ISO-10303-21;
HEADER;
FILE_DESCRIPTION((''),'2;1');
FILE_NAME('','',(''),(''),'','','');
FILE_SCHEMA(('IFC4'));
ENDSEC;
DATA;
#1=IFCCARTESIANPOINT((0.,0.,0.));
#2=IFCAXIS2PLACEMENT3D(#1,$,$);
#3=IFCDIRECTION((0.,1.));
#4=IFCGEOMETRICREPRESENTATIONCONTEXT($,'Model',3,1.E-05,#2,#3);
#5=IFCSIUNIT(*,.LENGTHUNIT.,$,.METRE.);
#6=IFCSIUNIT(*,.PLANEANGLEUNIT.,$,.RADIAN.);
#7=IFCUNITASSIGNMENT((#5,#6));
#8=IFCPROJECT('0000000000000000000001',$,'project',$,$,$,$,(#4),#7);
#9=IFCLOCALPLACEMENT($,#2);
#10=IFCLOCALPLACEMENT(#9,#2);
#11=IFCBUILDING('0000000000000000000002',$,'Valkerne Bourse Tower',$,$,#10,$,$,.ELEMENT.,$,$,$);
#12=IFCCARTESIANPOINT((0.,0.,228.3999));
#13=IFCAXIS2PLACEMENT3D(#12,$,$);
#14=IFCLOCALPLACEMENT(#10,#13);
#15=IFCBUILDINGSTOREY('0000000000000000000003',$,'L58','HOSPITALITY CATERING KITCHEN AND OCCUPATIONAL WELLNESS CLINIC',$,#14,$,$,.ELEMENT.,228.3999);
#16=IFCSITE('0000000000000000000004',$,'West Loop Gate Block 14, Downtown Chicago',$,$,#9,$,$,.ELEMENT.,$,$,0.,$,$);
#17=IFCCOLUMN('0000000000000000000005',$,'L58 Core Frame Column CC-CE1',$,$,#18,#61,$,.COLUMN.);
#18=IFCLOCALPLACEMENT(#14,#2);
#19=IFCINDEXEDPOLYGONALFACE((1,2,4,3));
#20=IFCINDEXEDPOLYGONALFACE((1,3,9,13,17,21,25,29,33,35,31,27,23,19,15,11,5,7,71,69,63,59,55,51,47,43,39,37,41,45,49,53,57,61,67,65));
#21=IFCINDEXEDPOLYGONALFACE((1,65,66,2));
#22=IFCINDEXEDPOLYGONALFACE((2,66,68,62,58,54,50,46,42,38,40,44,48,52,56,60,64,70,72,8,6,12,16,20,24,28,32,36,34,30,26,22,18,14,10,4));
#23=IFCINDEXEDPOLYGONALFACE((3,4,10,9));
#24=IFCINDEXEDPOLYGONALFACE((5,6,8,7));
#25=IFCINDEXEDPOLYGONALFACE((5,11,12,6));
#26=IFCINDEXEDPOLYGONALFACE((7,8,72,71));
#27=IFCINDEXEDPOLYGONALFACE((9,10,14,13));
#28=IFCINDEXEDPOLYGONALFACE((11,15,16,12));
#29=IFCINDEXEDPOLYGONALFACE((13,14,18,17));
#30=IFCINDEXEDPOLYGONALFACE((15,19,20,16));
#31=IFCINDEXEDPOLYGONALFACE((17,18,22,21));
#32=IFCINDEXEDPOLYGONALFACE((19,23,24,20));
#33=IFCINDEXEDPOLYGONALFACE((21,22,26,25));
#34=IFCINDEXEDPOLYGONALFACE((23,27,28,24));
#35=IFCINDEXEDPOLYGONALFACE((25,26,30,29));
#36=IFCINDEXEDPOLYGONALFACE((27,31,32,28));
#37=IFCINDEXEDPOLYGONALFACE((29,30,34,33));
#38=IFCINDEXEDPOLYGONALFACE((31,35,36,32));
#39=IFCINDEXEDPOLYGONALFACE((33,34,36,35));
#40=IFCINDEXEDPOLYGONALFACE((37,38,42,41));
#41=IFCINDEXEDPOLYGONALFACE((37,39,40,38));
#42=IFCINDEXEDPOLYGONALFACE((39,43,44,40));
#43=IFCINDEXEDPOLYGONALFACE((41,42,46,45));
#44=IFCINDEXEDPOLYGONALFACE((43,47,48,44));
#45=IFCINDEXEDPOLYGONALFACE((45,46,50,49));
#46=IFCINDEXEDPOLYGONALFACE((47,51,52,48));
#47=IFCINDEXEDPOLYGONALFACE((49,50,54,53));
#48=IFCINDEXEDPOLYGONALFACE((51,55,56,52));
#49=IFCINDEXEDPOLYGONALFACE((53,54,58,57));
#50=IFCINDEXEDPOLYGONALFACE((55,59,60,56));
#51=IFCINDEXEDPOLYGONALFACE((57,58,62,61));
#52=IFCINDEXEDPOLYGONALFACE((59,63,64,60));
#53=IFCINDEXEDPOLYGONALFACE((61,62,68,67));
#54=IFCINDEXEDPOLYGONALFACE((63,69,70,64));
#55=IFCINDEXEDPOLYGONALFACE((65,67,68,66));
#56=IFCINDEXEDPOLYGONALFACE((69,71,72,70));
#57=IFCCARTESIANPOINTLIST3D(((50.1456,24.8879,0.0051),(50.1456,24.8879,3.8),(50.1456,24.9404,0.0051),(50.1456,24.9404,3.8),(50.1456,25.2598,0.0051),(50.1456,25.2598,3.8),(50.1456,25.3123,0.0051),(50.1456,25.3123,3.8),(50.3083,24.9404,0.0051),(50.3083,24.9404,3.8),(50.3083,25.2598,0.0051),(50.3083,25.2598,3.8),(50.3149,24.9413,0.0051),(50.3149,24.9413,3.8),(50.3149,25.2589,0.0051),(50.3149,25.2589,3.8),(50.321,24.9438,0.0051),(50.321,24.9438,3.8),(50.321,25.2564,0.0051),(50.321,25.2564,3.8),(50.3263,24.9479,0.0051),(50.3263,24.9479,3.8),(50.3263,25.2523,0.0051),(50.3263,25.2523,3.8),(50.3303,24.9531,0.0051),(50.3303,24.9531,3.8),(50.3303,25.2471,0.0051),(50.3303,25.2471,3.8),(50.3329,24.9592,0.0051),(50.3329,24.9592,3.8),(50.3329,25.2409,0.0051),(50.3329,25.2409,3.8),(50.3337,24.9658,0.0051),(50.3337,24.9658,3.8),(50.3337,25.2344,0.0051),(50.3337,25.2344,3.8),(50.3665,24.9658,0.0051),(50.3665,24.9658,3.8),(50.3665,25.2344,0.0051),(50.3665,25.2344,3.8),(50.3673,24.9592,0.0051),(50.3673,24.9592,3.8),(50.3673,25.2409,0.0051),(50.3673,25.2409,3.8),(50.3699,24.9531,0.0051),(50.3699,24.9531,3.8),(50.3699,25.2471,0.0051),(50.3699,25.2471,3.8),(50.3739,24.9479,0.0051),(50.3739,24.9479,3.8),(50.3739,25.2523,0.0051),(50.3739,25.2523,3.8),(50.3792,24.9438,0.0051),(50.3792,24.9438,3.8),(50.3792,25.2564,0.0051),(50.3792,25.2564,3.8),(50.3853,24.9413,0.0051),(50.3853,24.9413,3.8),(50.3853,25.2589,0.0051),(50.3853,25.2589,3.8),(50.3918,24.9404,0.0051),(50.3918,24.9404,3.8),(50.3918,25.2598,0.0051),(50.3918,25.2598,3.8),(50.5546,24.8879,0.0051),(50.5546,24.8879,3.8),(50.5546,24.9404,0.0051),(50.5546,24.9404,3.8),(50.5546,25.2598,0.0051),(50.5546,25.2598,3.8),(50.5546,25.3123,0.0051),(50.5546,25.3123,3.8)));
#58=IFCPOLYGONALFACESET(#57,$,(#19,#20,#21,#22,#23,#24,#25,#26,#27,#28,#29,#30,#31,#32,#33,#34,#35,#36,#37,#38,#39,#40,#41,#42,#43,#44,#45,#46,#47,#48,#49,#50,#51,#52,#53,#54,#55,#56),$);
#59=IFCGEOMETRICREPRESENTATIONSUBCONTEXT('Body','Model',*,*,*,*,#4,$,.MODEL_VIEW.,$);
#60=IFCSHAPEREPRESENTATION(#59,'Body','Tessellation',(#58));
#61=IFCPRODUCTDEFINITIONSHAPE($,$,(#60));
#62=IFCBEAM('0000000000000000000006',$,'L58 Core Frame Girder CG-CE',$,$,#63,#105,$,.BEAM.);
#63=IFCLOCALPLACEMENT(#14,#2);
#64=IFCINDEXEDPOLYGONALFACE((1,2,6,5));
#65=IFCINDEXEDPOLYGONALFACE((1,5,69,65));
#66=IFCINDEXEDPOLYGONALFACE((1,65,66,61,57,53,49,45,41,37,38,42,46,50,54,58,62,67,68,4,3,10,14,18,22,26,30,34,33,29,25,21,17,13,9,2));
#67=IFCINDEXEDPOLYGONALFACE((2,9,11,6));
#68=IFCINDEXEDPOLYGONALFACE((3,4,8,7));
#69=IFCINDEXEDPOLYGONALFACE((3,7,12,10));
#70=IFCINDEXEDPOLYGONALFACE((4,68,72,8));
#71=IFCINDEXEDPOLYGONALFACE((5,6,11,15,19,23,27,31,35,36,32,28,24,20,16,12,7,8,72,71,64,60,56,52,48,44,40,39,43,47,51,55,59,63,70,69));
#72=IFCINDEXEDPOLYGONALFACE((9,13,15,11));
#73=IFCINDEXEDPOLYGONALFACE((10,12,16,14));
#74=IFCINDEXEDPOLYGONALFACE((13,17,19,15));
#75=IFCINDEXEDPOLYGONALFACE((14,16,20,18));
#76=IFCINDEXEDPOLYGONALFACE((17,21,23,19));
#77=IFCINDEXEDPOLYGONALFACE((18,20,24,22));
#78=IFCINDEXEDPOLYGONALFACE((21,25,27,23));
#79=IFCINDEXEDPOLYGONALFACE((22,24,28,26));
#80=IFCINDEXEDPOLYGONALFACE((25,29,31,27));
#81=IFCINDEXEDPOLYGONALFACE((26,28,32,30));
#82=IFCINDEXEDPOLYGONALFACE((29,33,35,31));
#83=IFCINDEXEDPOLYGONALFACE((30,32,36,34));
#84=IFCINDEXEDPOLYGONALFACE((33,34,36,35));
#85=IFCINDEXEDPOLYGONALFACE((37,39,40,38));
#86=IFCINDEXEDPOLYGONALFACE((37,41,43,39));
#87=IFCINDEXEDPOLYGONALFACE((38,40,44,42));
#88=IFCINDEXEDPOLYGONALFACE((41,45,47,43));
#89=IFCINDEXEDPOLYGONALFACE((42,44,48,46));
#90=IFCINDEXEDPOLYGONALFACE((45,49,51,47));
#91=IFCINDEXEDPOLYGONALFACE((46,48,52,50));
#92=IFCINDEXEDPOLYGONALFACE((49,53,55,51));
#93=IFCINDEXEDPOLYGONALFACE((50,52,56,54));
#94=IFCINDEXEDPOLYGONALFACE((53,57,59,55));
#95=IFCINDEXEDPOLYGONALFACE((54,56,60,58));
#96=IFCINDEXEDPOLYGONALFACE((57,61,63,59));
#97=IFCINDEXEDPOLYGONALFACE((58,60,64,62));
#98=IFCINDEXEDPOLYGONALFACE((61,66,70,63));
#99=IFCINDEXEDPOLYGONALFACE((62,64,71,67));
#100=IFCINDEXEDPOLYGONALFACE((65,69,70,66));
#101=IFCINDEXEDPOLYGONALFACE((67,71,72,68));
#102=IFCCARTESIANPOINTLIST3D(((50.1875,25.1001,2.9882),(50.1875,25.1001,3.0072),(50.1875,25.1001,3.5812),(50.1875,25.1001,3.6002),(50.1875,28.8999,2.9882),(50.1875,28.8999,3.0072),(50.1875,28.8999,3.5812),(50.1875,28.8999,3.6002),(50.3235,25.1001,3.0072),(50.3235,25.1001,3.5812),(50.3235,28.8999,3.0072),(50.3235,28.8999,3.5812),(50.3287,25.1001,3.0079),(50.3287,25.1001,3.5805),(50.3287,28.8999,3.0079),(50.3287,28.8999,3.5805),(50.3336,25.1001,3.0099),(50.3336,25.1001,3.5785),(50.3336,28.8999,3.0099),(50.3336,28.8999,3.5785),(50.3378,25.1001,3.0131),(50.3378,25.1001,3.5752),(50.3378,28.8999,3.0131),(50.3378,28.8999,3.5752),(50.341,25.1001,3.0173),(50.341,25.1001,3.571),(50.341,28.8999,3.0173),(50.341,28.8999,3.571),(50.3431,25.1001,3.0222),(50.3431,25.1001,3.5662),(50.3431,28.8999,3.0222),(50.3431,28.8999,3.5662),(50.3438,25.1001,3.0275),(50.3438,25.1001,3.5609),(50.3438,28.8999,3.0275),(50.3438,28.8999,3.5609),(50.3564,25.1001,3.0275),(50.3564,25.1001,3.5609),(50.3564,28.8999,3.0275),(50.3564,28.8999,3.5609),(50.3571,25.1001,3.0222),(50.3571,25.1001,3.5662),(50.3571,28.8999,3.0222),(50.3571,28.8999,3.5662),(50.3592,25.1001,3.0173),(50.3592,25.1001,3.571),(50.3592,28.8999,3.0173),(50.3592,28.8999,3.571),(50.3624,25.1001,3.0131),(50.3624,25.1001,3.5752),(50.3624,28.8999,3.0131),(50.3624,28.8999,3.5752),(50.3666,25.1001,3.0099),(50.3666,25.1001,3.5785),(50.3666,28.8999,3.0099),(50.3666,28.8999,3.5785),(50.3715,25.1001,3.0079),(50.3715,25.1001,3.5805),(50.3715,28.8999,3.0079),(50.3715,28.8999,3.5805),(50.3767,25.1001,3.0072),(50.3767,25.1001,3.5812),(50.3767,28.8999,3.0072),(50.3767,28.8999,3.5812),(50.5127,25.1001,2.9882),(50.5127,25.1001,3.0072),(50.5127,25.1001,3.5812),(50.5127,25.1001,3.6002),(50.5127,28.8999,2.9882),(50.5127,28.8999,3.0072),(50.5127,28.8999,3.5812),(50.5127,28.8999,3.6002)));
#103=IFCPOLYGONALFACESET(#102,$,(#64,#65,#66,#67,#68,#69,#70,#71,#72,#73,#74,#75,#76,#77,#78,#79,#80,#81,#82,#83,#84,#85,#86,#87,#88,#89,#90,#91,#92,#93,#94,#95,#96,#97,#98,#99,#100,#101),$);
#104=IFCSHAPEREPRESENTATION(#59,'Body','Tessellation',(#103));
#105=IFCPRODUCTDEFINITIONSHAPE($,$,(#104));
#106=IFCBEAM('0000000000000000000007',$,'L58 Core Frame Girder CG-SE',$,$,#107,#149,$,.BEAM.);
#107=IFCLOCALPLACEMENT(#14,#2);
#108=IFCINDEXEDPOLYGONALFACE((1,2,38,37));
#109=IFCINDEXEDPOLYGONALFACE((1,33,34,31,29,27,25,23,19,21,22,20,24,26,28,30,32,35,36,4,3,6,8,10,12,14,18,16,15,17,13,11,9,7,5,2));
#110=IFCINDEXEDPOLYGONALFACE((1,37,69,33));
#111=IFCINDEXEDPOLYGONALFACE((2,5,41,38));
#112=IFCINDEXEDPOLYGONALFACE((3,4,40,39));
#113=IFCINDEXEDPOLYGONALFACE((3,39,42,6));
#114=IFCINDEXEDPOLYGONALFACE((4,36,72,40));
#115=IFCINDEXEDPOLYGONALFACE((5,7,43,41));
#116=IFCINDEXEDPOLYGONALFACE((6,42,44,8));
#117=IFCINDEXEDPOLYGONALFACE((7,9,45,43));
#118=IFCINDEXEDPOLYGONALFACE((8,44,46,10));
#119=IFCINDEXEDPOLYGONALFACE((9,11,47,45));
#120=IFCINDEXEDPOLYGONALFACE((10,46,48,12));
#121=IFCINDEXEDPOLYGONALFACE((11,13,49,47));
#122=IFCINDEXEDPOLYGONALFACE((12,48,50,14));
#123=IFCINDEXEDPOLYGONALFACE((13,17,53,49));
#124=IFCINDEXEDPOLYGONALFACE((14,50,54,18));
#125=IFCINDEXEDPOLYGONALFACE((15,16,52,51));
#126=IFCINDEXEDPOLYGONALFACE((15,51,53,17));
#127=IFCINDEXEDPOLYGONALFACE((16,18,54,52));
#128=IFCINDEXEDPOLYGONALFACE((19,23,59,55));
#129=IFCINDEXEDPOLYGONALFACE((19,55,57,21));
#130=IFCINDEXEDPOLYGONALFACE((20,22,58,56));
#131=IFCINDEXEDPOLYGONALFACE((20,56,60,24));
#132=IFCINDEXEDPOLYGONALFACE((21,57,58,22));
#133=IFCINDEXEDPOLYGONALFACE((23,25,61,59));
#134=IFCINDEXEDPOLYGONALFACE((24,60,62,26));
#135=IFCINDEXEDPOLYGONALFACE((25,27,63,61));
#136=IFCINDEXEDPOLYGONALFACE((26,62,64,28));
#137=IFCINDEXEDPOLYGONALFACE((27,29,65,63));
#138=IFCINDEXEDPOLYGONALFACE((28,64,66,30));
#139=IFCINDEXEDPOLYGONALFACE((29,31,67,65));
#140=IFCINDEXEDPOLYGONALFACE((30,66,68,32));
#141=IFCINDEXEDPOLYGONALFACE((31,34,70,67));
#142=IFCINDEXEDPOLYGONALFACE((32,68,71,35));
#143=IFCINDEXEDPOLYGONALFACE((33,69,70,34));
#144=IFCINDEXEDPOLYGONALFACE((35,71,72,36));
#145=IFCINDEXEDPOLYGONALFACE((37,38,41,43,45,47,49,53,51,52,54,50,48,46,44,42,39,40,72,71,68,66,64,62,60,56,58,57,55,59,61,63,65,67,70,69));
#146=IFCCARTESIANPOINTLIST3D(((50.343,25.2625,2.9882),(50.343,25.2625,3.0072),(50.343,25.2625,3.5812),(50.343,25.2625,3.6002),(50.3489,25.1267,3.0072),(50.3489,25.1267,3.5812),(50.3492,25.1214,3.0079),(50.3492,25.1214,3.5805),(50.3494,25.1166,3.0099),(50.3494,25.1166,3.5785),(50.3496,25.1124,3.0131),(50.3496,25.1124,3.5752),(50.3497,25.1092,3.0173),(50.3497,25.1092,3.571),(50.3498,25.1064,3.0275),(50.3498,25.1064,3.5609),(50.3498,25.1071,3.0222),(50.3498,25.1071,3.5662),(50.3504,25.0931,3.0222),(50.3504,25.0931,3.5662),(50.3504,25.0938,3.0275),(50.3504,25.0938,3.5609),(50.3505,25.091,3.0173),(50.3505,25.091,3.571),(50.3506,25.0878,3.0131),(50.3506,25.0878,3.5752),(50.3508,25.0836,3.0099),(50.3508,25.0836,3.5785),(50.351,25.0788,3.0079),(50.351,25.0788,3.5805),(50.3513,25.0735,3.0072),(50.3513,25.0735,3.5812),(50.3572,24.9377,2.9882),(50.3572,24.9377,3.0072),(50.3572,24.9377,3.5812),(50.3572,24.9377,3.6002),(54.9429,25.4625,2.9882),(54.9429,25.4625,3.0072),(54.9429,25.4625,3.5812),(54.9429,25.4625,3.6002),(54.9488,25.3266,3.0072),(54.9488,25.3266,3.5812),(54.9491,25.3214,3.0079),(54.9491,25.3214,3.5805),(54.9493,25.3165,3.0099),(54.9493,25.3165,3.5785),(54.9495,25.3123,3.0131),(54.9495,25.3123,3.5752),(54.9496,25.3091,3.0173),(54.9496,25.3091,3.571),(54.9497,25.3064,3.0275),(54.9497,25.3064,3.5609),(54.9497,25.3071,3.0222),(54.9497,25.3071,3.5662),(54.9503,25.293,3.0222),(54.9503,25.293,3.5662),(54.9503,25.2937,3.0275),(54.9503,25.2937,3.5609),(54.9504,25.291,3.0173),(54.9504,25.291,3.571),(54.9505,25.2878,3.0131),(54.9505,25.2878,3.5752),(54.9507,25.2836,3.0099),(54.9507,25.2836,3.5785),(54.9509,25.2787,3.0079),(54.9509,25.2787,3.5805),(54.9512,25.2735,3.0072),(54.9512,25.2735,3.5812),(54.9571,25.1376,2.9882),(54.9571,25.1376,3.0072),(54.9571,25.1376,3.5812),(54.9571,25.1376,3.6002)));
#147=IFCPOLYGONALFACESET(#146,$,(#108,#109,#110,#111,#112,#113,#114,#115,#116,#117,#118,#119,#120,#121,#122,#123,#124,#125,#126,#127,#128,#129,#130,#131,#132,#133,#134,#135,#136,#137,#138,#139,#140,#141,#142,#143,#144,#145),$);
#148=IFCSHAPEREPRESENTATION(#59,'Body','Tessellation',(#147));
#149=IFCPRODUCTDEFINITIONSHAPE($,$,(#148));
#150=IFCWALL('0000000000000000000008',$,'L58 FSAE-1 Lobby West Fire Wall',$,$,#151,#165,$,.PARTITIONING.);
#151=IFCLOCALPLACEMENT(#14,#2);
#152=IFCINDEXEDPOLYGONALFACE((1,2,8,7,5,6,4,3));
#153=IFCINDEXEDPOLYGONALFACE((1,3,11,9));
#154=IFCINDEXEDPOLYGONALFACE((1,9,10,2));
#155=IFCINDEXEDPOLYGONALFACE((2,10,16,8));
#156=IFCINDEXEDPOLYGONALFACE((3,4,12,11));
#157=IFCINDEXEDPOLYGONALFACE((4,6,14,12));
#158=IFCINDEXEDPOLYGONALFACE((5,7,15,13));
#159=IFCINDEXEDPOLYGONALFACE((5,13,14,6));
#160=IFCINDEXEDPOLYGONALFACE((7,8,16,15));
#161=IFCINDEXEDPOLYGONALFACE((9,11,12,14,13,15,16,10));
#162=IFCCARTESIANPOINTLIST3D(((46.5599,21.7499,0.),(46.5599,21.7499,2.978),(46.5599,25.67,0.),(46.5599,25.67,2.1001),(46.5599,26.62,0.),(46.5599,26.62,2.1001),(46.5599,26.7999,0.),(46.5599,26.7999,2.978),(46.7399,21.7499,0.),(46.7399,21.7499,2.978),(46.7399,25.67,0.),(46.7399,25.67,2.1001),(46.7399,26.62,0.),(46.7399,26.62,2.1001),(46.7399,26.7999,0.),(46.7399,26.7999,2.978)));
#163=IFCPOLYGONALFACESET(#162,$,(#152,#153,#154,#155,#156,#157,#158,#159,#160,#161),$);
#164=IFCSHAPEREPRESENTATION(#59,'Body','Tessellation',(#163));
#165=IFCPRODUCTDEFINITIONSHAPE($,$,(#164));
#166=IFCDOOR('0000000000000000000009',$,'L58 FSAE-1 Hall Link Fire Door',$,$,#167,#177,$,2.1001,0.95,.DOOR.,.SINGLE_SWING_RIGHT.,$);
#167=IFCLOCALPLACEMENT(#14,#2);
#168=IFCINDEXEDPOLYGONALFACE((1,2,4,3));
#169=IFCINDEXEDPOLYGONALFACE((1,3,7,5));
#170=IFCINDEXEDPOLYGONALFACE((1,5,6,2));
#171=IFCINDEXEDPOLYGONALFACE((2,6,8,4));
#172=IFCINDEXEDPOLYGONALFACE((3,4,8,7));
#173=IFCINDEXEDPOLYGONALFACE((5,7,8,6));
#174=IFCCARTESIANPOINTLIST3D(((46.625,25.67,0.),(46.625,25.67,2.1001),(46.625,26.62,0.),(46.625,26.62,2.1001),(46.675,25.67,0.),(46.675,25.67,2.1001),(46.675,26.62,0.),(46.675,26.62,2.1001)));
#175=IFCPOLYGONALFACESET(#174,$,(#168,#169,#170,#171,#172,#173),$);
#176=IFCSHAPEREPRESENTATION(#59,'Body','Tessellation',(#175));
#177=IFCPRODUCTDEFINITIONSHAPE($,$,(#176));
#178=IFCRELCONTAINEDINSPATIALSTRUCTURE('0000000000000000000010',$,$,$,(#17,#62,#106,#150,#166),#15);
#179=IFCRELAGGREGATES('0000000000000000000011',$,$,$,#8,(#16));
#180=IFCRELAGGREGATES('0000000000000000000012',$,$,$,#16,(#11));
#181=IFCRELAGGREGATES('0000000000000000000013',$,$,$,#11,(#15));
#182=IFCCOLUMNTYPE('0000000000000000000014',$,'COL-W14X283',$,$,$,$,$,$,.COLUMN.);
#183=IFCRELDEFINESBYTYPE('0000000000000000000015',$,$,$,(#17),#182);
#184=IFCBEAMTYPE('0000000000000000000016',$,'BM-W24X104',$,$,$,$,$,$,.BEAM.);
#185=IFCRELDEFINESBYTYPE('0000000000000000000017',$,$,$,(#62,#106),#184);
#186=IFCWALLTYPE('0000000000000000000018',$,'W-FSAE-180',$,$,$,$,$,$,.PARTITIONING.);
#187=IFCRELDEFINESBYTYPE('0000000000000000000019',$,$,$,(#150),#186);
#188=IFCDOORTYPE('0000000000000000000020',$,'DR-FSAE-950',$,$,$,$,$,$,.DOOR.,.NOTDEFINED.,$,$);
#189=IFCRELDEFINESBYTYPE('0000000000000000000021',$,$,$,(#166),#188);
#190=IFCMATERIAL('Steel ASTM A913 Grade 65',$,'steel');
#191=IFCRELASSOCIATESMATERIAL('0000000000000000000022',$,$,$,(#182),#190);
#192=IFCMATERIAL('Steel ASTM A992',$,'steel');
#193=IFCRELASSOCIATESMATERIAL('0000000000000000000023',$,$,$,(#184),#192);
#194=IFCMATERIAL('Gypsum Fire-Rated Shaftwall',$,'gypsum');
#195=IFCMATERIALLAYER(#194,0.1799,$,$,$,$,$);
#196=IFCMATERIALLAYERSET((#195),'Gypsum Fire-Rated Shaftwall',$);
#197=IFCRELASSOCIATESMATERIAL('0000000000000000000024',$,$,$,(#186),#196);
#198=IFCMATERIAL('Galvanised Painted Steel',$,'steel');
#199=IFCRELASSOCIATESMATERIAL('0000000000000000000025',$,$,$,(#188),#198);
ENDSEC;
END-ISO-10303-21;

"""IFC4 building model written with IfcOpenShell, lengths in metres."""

from ifc_helpers import new_model, si_unit, direction, frame, frame_2d, origin, origin_2d, place, context, subcontext, project, spatial, rectangle, i_section, extrude, material, layer, layer_set, material_profile, profile_set, type_object, element, fill, save


model = new_model("IFC4")

# Units and contexts
model_context = context("Model", 3, precision=1e-05, world=origin(), true_north=direction((0.0, 1.0)))
body_context = subcontext(model_context, "Body", "Model", "MODEL_VIEW")
ifc_project = project(units=[si_unit("LENGTHUNIT", "METRE"), si_unit("PLANEANGLEUNIT", "RADIAN")], contexts=[model_context])

# Site, building, storey
site_placement = place(None, origin())
site = spatial("IfcSite", under=ifc_project, at=site_placement, Name="West Loop Gate Block 14, Downtown Chicago", CompositionType="ELEMENT", RefElevation=0.0)
building_placement = place(site_placement, origin())
building = spatial("IfcBuilding", under=site, at=building_placement, Name="Valkerne Bourse Tower", CompositionType="ELEMENT")
storey_placement = place(building_placement, frame((0.0, 0.0, 228.3999)))
storey = spatial("IfcBuildingStorey", under=building, at=storey_placement, Name="L58", Description="HOSPITALITY CATERING KITCHEN AND OCCUPATIONAL WELLNESS CLINIC", CompositionType="ELEMENT", Elevation=228.3999)

# Column
ifc_material_1 = material(Name="Steel ASTM A913 Grade 65", Category="steel")
ifc_material_profile_1 = material_profile(ifc_material_1, i_section(OverallWidth=0.4089, OverallDepth=0.4243, WebThickness=0.0327, FlangeThickness=0.0525, FilletRadius=0.0254, at=origin_2d()), Name="W14X283")
ifc_profile_set_1 = profile_set([ifc_material_profile_1], Name="Steel ASTM A913 Grade 65")
column_type = type_object("IfcColumnType", Name="COL-W14X283", PredefinedType="COLUMN", material=ifc_profile_set_1)
column_placement = place(storey_placement, frame((50.3501, 25.1001, 0.0051), z_axis=(0.0, 0.0, 1.0), x_axis=(1.0, 0.0, 0.0)))
element("IfcColumn", 1, at=column_placement, inside=storey, type_object=column_type, Name="L58 Core Frame Column CC-CE1", PredefinedType="COLUMN", context=body_context, shape_type="SweptSolid", body=[
    extrude(i_section(OverallWidth=0.4089, OverallDepth=0.4243, WebThickness=0.0327, FlangeThickness=0.0525, FilletRadius=0.0254, at=origin_2d()), origin(), (0.0, 0.0, 1.0), 3.7949),
])

# Beams
ifc_material_2 = material(Name="Steel ASTM A992", Category="steel")
ifc_material_profile_2 = material_profile(ifc_material_2, i_section(OverallWidth=0.3252, OverallDepth=0.6121, WebThickness=0.0127, FlangeThickness=0.019, FilletRadius=0.0203, at=origin_2d()), Name="W24X104")
ifc_profile_set_2 = profile_set([ifc_material_profile_2], Name="Steel ASTM A992")
beam_type = type_object("IfcBeamType", Name="BM-W24X104", PredefinedType="BEAM", material=ifc_profile_set_2)
beam_1_placement = place(storey_placement, frame((50.3501, 25.1001, 3.2942), z_axis=(0.0, 1.0, 0.0), x_axis=(-1.0, 0.0, 0.0)))
element("IfcBeam", 2, at=beam_1_placement, inside=storey, type_object=beam_type, Name="L58 Core Frame Girder CG-CE", PredefinedType="BEAM", context=body_context, shape_type="SweptSolid", body=[
    extrude(i_section(OverallWidth=0.3252, OverallDepth=0.6121, WebThickness=0.0127, FlangeThickness=0.019, FilletRadius=0.0203, at=origin_2d()), origin(), (0.0, 0.0, 1.0), 3.7998),
])
beam_2_placement = place(storey_placement, frame((50.3501, 25.1001, 3.2942), z_axis=(0.999057, 0.043428, 0.0), x_axis=(-0.043428, 0.999057, 0.0)))
element("IfcBeam", 3, at=beam_2_placement, inside=storey, type_object=beam_type, Name="L58 Core Frame Girder CG-SE", PredefinedType="BEAM", context=body_context, shape_type="SweptSolid", body=[
    extrude(i_section(OverallWidth=0.3252, OverallDepth=0.6121, WebThickness=0.0127, FlangeThickness=0.019, FilletRadius=0.0203, at=origin_2d()), origin(), (0.0, 0.0, 1.0), 4.6042),
])

# Wall, opening, door
ifc_material_3 = material(Name="Gypsum Fire-Rated Shaftwall", Category="gypsum")
ifc_layer_1 = layer(ifc_material_3, 0.1799)
ifc_layer_set_1 = layer_set([ifc_layer_1], Name="Gypsum Fire-Rated Shaftwall")
wall_type_1 = type_object("IfcWallType", Name="W-FSAE-180", PredefinedType="PARTITIONING", material=ifc_layer_set_1)
wall_1_placement = place(storey_placement, frame((46.6499, 21.75, 0.0), z_axis=(0.0, 0.0, 1.0), x_axis=(0.0, 1.0, 0.0)))
wall_1 = element("IfcWall", 4, at=wall_1_placement, inside=storey, type_object=wall_type_1, Name="L58 FSAE-1 Lobby West Fire Wall", PredefinedType="PARTITIONING", context=body_context, shape_type="SweptSolid", body=[
    extrude(rectangle(XDim=5.05, YDim=0.1799, at=frame_2d((2.5249, 0.0))), origin(), (0.0, 0.0, 1.0), 2.978),
])
opening_1_placement = place(wall_1_placement, frame((3.9199, 0.0, 0.0)))
opening_1 = element("IfcOpeningElement", 5, at=opening_1_placement, cuts=wall_1, PredefinedType="OPENING", context=body_context, shape_type="SweptSolid", body=[
    extrude(rectangle(XDim=0.95, YDim=2.1001, at=frame_2d((0.4751, 1.05))), frame((0.0, 0.0999, 0.0), z_axis=(0.0, -1.0, 0.0), x_axis=(1.0, 0.0, 0.0)), (0.0, 0.0, 1.0), 0.2),
])
ifc_material_4 = material(Name="Galvanised Painted Steel", Category="steel")
door_type_1 = type_object("IfcDoorType", Name="DR-FSAE-950", OperationType="NOTDEFINED", PredefinedType="DOOR", material=ifc_material_4)
door_1_placement = place(opening_1_placement, origin())
door_1 = element("IfcDoor", 6, at=door_1_placement, inside=storey, type_object=door_type_1, Name="L58 FSAE-1 Hall Link Fire Door", OperationType="SINGLE_SWING_RIGHT", OverallHeight=2.1001, OverallWidth=0.95, PredefinedType="DOOR", context=body_context, shape_type="SweptSolid", body=[
    extrude(rectangle(XDim=0.95, YDim=2.1001, at=frame_2d((0.4751, 1.05))), frame((0.0, 0.0249, 0.0), z_axis=(0.0, -1.0, 0.0), x_axis=(1.0, 0.0, 0.0)), (0.0, 0.0, 1.0), 0.05),
])
fill(opening_1, door_1)

save(model, "model.ifc")
